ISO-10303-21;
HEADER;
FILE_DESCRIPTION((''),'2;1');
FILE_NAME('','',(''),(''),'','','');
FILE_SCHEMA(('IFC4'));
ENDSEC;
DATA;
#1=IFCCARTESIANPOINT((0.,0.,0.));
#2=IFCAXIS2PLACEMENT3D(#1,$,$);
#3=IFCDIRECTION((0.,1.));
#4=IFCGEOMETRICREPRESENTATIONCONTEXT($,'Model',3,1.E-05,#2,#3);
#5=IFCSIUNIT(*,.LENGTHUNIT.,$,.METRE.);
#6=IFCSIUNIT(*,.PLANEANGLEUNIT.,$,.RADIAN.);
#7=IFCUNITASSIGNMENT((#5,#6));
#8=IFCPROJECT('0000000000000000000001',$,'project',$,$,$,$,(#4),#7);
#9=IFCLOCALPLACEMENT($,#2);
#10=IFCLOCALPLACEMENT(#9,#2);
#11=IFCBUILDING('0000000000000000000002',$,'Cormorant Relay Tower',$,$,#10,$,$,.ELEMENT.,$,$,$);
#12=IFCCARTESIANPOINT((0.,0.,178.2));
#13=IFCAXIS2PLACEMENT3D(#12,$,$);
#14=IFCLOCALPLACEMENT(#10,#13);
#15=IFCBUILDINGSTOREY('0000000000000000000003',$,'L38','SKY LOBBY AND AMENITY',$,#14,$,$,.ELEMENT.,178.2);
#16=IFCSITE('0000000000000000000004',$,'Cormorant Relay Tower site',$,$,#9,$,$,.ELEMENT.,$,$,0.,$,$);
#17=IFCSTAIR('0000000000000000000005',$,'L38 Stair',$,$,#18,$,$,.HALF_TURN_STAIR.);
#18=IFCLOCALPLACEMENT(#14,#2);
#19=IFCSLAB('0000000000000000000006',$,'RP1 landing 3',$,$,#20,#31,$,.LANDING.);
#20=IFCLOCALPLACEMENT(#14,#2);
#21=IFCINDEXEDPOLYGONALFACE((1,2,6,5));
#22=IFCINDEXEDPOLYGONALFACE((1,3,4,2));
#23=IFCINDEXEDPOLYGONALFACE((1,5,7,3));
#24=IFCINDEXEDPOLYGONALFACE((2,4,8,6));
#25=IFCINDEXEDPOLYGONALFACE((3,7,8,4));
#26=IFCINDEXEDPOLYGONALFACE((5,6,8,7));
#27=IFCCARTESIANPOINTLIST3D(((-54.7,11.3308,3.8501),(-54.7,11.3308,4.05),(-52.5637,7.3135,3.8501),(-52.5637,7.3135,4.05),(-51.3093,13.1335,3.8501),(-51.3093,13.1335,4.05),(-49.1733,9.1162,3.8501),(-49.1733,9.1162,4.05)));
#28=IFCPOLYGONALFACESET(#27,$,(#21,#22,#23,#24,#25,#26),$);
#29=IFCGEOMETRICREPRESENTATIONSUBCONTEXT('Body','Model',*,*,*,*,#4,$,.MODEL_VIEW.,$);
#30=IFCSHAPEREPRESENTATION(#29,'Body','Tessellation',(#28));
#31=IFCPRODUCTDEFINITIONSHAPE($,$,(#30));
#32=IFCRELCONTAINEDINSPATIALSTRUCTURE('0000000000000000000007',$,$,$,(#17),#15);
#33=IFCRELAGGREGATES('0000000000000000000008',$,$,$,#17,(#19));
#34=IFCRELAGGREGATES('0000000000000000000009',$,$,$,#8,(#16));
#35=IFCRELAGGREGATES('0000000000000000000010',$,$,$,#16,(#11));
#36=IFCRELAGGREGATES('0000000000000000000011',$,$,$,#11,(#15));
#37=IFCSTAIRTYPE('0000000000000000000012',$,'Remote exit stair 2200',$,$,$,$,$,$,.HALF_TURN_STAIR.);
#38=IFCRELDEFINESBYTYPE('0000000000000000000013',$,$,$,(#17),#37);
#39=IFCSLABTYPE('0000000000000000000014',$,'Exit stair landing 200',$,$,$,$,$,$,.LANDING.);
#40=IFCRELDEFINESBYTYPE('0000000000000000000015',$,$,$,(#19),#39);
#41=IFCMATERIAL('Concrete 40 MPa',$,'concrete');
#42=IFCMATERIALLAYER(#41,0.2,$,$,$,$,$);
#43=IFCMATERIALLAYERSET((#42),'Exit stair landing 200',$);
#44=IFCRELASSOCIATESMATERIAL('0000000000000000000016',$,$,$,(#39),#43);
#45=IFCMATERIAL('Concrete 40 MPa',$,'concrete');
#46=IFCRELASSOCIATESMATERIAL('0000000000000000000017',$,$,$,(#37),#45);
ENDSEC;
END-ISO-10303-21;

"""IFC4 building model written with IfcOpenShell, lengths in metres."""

from ifc_helpers import new_model, si_unit, direction, frame, origin, place, context, subcontext, project, spatial, polyline, outline, extrude, material, layer, layer_set, type_object, element, aggregate, save


model = new_model("IFC4")

# Units and contexts
model_context = context("Model", 3, precision=1e-05, world=origin(), true_north=direction((0.0, 1.0)))
body_context = subcontext(model_context, "Body", "Model", "MODEL_VIEW")
ifc_project = project(units=[si_unit("LENGTHUNIT", "METRE"), si_unit("PLANEANGLEUNIT", "RADIAN")], contexts=[model_context])

# Site, building, storey
site_placement = place(None, origin())
site = spatial("IfcSite", under=ifc_project, at=site_placement, Name="Cormorant Relay Tower site", CompositionType="ELEMENT", RefElevation=0.0)
building_placement = place(site_placement, origin())
building = spatial("IfcBuilding", under=site, at=building_placement, Name="Cormorant Relay Tower", CompositionType="ELEMENT")
storey_placement = place(building_placement, frame((0.0, 0.0, 178.2)))
storey = spatial("IfcBuildingStorey", under=building, at=storey_placement, Name="L38", Description="SKY LOBBY AND AMENITY", CompositionType="ELEMENT", Elevation=178.2)

# Shared definitions
ifc_material_1 = material(Name="Concrete 40 MPa", Category="concrete")
ifc_layer_1 = layer(ifc_material_1, 0.2)
ifc_layer_set_1 = layer_set([ifc_layer_1], Name="Exit stair landing 200")
slab_type_1 = type_object("IfcSlabType", Name="Exit stair landing 200", PredefinedType="LANDING", material=ifc_layer_set_1)

# Stair, slab
ifc_material_2 = material(Name="Concrete 40 MPa", Category="concrete")
stair_type_1 = type_object("IfcStairType", Name="Remote exit stair 2200", PredefinedType="HALF_TURN_STAIR", material=ifc_material_2)
stair_1_placement = place(storey_placement, origin())
stair_1 = element("IfcStair", 1, at=stair_1_placement, inside=storey, type_object=stair_type_1, Name="L38 Stair", PredefinedType="HALF_TURN_STAIR")
slab_1_placement = place(storey_placement, frame((0.0, 0.0, 3.8501)))
slab_1 = element("IfcSlab", 2, at=slab_1_placement, type_object=slab_type_1, Name="RP1 landing 3", PredefinedType="LANDING", context=body_context, shape_type="SweptSolid", body=[
    extrude(outline(polyline([(-51.3093, 13.1335), (-54.7, 11.3308), (-52.5637, 7.3135), (-49.1733, 9.1162), (-51.3093, 13.1335)])), origin(), (0.0, 0.0, 1.0), 0.2),
])
aggregate(stair_1, [slab_1])

save(model, "model.ifc")
